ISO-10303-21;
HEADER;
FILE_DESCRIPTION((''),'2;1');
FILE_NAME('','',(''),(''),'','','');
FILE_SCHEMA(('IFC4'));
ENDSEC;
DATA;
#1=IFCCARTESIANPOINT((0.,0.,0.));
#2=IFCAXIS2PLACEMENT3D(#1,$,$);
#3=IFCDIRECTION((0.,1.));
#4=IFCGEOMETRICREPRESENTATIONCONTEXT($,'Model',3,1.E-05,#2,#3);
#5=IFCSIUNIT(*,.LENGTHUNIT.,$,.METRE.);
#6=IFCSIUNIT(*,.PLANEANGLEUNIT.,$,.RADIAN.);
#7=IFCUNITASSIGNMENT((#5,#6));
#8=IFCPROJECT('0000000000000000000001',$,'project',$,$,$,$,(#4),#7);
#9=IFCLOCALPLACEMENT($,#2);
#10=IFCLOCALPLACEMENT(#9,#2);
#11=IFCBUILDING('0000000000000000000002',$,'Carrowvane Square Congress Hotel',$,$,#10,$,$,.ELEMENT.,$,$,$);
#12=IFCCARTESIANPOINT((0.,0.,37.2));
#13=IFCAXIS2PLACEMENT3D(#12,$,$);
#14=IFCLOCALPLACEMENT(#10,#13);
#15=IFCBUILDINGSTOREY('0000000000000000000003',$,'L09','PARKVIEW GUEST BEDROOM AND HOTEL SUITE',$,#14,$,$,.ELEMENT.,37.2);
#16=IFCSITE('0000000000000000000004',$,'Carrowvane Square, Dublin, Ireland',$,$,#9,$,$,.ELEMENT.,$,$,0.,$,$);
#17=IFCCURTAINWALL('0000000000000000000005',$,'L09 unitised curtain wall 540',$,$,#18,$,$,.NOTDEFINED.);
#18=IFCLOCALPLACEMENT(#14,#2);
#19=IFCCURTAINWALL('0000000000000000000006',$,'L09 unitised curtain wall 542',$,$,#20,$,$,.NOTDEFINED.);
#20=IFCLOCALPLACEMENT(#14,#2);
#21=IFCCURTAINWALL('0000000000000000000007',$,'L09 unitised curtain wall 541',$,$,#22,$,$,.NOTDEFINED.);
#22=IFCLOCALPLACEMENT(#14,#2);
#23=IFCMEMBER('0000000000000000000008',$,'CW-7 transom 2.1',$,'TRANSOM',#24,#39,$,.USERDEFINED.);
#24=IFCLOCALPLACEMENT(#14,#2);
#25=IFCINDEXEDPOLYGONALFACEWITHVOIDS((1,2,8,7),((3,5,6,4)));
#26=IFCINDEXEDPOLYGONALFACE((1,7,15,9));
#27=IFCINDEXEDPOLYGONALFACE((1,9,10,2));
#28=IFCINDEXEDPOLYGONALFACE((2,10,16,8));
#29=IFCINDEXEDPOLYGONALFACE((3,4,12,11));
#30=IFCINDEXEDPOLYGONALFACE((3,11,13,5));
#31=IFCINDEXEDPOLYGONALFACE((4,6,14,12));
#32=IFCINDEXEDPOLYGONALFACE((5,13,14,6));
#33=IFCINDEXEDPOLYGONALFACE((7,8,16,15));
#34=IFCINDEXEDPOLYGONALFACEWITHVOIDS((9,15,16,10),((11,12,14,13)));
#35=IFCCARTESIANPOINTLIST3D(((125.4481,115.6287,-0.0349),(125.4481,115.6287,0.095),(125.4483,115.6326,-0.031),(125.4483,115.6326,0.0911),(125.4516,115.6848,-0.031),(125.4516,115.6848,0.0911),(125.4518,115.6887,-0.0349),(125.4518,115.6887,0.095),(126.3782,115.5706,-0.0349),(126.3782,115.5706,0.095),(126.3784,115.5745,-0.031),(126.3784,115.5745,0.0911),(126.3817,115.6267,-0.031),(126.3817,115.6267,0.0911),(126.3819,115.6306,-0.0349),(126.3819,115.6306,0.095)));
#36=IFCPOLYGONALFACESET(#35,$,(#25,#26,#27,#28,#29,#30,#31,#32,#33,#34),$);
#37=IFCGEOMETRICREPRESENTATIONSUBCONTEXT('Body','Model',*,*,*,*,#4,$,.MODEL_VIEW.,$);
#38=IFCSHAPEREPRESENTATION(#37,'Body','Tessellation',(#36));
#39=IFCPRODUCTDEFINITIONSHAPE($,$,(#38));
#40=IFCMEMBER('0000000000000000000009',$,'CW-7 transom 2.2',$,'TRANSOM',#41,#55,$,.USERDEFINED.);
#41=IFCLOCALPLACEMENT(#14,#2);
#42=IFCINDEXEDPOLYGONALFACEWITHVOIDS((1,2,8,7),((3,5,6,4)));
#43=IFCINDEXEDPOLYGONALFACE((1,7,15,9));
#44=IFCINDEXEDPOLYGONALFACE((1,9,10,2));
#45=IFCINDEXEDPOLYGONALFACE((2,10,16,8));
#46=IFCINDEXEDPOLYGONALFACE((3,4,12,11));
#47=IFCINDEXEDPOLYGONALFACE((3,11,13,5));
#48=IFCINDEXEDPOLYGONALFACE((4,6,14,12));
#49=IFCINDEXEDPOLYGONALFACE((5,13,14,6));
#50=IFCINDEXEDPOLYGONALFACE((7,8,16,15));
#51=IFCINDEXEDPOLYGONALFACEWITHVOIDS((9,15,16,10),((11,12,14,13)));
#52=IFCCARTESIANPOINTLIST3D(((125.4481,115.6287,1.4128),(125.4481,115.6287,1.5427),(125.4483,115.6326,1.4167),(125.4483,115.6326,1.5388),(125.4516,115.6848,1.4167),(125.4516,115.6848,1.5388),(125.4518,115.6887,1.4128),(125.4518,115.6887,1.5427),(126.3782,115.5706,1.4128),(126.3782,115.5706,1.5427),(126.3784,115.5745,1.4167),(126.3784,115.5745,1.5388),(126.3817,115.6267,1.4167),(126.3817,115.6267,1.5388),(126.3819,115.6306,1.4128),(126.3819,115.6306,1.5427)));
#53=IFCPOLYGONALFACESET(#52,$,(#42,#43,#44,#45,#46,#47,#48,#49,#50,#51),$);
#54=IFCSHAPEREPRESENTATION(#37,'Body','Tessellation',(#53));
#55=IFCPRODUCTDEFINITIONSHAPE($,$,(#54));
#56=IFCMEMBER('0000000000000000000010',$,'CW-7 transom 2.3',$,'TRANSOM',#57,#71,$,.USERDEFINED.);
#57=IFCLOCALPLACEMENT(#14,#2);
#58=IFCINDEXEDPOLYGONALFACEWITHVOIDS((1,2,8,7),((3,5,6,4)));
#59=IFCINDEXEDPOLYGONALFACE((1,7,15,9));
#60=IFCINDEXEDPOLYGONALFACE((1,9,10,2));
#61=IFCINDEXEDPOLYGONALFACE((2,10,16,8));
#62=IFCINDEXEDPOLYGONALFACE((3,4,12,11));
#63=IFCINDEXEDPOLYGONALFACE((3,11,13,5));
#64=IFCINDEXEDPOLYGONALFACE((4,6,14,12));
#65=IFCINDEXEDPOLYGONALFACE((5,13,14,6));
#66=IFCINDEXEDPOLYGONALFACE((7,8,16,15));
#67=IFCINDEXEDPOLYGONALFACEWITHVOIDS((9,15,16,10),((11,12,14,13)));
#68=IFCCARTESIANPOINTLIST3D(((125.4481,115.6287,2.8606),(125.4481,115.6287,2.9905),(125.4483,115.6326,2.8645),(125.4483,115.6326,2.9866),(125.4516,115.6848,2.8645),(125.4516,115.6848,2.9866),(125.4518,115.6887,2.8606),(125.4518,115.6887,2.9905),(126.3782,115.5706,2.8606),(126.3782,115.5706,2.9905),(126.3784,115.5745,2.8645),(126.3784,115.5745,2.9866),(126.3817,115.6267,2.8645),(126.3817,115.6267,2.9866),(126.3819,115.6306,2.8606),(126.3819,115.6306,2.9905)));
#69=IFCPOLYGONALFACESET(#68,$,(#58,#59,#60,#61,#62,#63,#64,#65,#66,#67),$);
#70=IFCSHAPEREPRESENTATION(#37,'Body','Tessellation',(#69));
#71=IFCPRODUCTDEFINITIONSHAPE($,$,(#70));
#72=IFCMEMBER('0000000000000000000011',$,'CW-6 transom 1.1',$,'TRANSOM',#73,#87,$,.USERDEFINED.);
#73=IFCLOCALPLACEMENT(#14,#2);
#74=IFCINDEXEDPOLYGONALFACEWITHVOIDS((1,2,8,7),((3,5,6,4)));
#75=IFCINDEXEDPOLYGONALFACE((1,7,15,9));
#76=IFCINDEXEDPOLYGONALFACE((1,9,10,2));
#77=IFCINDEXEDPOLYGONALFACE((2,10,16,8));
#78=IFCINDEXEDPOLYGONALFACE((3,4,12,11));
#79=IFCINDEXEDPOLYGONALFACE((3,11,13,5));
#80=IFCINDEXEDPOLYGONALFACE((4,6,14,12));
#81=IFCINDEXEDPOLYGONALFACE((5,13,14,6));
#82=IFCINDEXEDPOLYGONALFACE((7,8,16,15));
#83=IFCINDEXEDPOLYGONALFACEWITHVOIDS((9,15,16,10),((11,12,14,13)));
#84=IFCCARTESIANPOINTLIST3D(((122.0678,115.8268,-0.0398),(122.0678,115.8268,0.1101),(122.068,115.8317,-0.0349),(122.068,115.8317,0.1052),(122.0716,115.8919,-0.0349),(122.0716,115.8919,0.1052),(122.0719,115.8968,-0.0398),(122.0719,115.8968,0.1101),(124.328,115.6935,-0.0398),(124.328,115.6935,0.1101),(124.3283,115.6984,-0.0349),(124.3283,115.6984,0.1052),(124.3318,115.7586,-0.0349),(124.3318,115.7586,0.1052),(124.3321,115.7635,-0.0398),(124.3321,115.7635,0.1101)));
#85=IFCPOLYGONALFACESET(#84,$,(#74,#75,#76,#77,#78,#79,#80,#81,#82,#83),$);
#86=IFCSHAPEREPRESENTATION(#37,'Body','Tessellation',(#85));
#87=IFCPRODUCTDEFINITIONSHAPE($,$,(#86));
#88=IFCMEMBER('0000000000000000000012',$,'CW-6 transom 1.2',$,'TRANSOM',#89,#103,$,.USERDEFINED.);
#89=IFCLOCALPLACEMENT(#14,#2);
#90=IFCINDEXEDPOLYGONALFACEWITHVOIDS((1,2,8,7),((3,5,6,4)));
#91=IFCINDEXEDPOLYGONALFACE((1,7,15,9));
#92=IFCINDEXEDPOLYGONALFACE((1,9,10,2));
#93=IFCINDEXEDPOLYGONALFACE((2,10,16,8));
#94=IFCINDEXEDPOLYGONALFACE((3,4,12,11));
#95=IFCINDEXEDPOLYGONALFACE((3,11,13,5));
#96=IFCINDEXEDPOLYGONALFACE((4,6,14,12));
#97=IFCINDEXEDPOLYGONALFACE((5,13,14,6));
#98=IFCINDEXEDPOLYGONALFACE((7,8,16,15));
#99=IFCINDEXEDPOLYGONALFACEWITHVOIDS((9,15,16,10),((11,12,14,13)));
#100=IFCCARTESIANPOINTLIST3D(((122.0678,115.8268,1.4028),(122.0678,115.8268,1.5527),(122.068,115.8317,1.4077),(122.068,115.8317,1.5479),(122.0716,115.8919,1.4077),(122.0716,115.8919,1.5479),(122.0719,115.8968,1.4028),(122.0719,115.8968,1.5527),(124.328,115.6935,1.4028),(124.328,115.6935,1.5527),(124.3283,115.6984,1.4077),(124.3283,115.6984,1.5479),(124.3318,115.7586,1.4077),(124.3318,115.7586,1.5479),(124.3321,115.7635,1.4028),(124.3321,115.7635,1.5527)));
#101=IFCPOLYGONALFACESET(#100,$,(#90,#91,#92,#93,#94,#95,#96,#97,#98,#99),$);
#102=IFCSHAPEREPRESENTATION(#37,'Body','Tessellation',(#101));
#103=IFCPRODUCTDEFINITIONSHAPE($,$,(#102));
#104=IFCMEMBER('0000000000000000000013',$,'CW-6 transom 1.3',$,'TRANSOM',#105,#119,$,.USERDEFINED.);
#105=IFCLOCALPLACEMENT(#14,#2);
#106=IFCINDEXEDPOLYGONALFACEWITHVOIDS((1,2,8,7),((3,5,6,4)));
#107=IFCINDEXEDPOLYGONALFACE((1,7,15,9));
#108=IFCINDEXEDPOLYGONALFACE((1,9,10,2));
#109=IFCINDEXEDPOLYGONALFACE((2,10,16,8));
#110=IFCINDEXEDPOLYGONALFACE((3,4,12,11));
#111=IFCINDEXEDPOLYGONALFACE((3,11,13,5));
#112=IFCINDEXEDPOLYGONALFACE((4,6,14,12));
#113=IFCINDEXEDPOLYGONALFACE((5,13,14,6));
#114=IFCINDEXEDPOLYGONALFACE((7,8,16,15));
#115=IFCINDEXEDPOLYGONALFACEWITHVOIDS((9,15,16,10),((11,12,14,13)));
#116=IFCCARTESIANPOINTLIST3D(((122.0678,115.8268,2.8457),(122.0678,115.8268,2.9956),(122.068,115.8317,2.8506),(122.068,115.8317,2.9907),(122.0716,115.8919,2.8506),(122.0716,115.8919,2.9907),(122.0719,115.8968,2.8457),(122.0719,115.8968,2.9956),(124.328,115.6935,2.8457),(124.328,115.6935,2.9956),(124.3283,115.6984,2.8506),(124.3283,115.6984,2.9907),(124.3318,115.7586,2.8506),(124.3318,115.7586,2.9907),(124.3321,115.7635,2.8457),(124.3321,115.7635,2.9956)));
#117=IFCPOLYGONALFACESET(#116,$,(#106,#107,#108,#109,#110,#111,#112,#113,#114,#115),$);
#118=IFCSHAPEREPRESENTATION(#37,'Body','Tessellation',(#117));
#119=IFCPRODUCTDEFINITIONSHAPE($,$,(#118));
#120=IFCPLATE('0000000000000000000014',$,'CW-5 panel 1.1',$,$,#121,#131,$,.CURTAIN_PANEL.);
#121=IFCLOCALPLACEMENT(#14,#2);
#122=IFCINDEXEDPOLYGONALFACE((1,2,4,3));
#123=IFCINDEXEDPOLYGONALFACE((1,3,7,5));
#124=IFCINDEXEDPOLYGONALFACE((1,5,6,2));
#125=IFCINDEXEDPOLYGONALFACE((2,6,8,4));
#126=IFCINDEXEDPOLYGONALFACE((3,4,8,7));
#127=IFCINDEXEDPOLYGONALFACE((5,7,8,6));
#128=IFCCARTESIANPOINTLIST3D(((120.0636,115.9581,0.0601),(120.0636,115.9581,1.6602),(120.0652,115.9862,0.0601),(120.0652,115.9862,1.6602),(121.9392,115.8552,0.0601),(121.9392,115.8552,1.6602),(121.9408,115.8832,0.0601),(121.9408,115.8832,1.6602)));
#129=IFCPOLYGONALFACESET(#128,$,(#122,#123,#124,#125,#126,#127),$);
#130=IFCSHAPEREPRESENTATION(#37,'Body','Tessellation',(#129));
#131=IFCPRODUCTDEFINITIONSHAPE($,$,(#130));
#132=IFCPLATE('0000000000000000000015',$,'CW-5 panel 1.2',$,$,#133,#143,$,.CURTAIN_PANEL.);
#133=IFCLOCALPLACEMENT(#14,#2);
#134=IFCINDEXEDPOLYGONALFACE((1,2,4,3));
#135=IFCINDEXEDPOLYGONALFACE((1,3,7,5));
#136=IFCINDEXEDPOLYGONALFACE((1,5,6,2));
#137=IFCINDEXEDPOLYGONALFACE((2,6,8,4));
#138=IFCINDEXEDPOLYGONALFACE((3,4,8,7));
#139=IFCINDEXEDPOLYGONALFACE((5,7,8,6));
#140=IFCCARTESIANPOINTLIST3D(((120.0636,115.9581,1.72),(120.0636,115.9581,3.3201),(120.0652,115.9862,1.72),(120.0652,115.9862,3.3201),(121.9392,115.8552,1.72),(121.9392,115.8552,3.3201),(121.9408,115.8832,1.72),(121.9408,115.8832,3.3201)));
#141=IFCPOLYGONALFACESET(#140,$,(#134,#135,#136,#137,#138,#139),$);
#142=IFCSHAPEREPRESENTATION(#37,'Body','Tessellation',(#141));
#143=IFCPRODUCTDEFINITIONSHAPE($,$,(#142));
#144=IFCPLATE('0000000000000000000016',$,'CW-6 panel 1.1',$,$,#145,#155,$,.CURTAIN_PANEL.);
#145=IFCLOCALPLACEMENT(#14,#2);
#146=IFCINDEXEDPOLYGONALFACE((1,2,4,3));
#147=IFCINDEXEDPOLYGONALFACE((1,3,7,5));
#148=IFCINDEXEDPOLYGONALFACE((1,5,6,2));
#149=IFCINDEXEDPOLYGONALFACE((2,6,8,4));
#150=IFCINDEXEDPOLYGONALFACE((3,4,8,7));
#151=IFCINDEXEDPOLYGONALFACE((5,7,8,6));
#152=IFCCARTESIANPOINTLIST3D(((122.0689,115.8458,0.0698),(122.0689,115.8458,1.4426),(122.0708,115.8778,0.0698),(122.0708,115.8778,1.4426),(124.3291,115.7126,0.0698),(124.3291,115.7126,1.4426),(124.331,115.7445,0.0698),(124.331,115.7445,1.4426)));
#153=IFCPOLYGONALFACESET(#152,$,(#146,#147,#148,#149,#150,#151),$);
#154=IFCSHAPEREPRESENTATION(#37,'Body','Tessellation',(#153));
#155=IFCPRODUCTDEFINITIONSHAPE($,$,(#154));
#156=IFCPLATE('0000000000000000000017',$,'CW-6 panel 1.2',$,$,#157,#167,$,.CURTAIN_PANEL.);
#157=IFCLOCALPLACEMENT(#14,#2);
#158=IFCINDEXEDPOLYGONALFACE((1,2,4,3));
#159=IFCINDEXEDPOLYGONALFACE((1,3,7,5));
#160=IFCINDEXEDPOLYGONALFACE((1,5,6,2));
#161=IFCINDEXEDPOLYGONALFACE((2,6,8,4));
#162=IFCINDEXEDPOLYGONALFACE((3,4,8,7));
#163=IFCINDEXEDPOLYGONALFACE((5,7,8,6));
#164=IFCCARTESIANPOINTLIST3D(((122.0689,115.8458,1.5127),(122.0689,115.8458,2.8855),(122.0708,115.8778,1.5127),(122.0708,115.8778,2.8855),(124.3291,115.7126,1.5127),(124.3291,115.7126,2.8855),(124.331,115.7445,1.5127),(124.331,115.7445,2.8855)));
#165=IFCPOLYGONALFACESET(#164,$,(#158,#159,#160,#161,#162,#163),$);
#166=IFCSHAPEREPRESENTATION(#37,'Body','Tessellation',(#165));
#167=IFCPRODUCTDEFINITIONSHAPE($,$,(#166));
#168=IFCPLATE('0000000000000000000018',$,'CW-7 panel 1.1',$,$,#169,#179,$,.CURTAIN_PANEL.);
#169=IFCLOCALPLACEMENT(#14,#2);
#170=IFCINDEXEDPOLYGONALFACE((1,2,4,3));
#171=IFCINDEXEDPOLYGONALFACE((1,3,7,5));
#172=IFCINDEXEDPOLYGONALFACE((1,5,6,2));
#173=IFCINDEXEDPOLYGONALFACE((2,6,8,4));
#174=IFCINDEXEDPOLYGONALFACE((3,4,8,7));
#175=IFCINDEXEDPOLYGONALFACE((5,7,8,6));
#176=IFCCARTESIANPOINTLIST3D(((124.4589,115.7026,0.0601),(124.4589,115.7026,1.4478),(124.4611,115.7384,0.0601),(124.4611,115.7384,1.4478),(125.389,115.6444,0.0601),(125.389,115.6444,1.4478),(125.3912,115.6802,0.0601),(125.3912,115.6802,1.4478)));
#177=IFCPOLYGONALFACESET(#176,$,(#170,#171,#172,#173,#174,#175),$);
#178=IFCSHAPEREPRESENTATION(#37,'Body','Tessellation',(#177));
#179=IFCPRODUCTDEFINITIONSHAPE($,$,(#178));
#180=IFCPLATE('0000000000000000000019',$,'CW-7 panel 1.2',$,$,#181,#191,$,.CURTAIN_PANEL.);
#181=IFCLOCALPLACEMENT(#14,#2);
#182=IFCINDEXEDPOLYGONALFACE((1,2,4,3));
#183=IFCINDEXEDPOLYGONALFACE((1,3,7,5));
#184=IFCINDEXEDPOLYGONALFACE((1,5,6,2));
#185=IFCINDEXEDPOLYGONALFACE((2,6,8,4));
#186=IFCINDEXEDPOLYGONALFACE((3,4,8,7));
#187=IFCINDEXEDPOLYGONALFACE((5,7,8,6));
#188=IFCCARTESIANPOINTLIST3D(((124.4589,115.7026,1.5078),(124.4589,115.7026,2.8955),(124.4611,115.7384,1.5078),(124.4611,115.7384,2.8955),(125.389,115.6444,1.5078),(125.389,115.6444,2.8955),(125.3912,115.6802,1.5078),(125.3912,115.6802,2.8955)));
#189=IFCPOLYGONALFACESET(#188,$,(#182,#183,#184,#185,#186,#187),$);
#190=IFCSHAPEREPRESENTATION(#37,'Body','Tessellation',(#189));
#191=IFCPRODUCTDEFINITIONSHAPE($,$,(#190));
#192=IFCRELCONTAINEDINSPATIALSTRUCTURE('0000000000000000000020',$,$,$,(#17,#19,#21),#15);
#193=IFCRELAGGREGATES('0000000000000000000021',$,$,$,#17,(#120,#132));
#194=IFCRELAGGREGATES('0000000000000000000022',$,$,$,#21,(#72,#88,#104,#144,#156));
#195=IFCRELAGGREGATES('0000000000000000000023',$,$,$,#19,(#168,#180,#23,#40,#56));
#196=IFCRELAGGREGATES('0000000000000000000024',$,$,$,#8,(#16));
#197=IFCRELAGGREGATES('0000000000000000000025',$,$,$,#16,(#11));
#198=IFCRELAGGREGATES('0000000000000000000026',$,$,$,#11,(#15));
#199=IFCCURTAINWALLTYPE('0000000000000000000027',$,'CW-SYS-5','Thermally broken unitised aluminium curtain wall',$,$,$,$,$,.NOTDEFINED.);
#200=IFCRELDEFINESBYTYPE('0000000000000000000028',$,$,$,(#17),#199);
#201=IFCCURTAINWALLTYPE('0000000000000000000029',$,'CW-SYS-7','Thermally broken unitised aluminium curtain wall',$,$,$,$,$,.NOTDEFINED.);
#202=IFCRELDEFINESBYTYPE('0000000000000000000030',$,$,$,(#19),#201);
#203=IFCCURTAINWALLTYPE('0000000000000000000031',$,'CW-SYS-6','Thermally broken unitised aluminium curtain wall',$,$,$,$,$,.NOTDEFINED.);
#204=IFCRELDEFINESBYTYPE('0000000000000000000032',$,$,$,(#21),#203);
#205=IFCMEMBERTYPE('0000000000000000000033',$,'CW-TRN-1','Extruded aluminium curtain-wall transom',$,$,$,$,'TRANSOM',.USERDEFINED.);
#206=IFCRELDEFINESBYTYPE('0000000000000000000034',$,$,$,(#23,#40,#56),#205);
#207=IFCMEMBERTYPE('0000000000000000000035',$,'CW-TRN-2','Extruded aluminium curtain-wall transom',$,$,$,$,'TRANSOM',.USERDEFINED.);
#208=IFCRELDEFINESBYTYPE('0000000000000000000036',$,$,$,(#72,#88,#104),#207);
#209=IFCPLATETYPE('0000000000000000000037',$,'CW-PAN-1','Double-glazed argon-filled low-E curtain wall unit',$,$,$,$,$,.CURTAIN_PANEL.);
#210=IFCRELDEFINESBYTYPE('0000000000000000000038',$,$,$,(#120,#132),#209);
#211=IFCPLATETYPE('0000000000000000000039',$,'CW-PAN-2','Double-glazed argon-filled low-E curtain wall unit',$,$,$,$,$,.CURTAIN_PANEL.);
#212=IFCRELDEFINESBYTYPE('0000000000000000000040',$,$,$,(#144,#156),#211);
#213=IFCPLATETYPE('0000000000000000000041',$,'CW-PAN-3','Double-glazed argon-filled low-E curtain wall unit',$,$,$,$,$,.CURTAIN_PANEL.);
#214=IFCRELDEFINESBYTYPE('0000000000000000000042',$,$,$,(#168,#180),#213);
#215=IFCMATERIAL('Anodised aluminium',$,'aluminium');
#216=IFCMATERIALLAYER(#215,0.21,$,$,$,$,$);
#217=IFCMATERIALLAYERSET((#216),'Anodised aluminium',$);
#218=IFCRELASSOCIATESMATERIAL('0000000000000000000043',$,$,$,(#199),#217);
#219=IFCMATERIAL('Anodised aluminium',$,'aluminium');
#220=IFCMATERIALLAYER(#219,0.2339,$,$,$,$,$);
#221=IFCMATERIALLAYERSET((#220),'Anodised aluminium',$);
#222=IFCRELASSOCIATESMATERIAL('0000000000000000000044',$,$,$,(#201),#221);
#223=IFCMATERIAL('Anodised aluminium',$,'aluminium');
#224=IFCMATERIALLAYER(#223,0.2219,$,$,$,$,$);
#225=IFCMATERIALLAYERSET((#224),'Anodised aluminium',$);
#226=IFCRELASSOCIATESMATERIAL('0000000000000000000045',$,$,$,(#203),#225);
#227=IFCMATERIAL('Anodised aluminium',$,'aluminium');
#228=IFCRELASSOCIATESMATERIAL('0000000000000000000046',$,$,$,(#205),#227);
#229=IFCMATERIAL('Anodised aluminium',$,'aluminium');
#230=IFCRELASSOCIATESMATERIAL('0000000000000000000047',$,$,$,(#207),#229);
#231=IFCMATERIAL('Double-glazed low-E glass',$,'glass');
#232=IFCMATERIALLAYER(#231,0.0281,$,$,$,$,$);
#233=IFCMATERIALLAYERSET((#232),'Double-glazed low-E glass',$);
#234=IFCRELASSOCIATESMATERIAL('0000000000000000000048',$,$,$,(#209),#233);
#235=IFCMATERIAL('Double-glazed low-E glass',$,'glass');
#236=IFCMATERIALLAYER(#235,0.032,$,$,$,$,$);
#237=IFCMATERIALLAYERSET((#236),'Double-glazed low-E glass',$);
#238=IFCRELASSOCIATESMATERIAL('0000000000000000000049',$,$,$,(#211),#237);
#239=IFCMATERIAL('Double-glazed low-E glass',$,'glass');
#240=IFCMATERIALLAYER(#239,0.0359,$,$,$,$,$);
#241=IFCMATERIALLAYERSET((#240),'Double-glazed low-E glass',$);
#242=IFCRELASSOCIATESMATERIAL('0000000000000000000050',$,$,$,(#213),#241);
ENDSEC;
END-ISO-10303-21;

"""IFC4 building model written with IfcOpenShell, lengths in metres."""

from ifc_helpers import new_model, si_unit, direction, frame, origin, origin_2d, place, context, subcontext, project, spatial, rectangle, hollow_rectangle, extrude, material, layer, layer_set, material_profile, profile_set, type_object, element, aggregate, save


model = new_model("IFC4")

# Units and contexts
model_context = context("Model", 3, precision=1e-05, world=origin(), true_north=direction((0.0, 1.0)))
body_context = subcontext(model_context, "Body", "Model", "MODEL_VIEW")
ifc_project = project(units=[si_unit("LENGTHUNIT", "METRE"), si_unit("PLANEANGLEUNIT", "RADIAN")], contexts=[model_context])

# Site, building, storey
site_placement = place(None, origin())
site = spatial("IfcSite", under=ifc_project, at=site_placement, Name="Carrowvane Square, Dublin, Ireland", CompositionType="ELEMENT", RefElevation=0.0)
building_placement = place(site_placement, origin())
building = spatial("IfcBuilding", under=site, at=building_placement, Name="Carrowvane Square Congress Hotel", CompositionType="ELEMENT")
storey_placement = place(building_placement, frame((0.0, 0.0, 37.2)))
storey = spatial("IfcBuildingStorey", under=building, at=storey_placement, Name="L09", Description="PARKVIEW GUEST BEDROOM AND HOTEL SUITE", CompositionType="ELEMENT", Elevation=37.2)

# Curtain wall
ifc_material_1 = material(Name="Anodised aluminium", Category="aluminium")
ifc_layer_1 = layer(ifc_material_1, 0.21)
ifc_layer_set_1 = layer_set([ifc_layer_1], Name="Anodised aluminium")
curtain_wall_type_1 = type_object("IfcCurtainWallType", Name="CW-SYS-5", Description="Thermally broken unitised aluminium curtain wall", PredefinedType="NOTDEFINED", material=ifc_layer_set_1)
curtain_wall_1_placement = place(storey_placement, origin())
curtain_wall_1 = element("IfcCurtainWall", 1, at=curtain_wall_1_placement, inside=storey, type_object=curtain_wall_type_1, Name="L09 unitised curtain wall 540", PredefinedType="NOTDEFINED")

# Curtain walls
ifc_material_2 = material(Name="Anodised aluminium", Category="aluminium")
ifc_layer_2 = layer(ifc_material_2, 0.2339)
ifc_layer_set_2 = layer_set([ifc_layer_2], Name="Anodised aluminium")
curtain_wall_type_2 = type_object("IfcCurtainWallType", Name="CW-SYS-7", Description="Thermally broken unitised aluminium curtain wall", PredefinedType="NOTDEFINED", material=ifc_layer_set_2)
curtain_wall_2_placement = place(storey_placement, origin())
curtain_wall_2 = element("IfcCurtainWall", 2, at=curtain_wall_2_placement, inside=storey, type_object=curtain_wall_type_2, Name="L09 unitised curtain wall 542", PredefinedType="NOTDEFINED")
ifc_material_3 = material(Name="Anodised aluminium", Category="aluminium")
ifc_layer_3 = layer(ifc_material_3, 0.2219)
ifc_layer_set_3 = layer_set([ifc_layer_3], Name="Anodised aluminium")
curtain_wall_type_3 = type_object("IfcCurtainWallType", Name="CW-SYS-6", Description="Thermally broken unitised aluminium curtain wall", PredefinedType="NOTDEFINED", material=ifc_layer_set_3)
curtain_wall_3_placement = place(storey_placement, origin())
curtain_wall_3 = element("IfcCurtainWall", 3, at=curtain_wall_3_placement, inside=storey, type_object=curtain_wall_type_3, Name="L09 unitised curtain wall 541", PredefinedType="NOTDEFINED")

# Members
ifc_material_4 = material(Name="Anodised aluminium", Category="aluminium")
ifc_material_profile_1 = material_profile(ifc_material_4, hollow_rectangle(XDim=0.0601, YDim=0.1299, WallThickness=0.0039, at=origin_2d()), Name="CW-TR 60x130x4")
ifc_profile_set_1 = profile_set([ifc_material_profile_1], Name="Anodised aluminium")
member_type_1 = type_object("IfcMemberType", Name="CW-TRN-1", Description="Extruded aluminium curtain-wall transom", ElementType="TRANSOM", PredefinedType="USERDEFINED", material=ifc_profile_set_1)
member_1_placement = place(storey_placement, frame((125.45, 115.6587, 0.03), z_axis=(0.998055, -0.062346, 0.0), x_axis=(0.062346, 0.998055, 0.0)))
member_1 = element("IfcMember", 4, at=member_1_placement, type_object=member_type_1, Name="CW-7 transom 2.1", ObjectType="TRANSOM", PredefinedType="USERDEFINED", context=body_context, shape_type="SweptSolid", body=[
    extrude(hollow_rectangle(XDim=0.0601, YDim=0.1299, WallThickness=0.0039, at=origin_2d()), origin(), (0.0, 0.0, 1.0), 0.9319),
])
member_2_placement = place(storey_placement, frame((125.45, 115.6587, 1.4778), z_axis=(0.998055, -0.062346, 0.0), x_axis=(0.062346, 0.998055, 0.0)))
member_2 = element("IfcMember", 5, at=member_2_placement, type_object=member_type_1, Name="CW-7 transom 2.2", ObjectType="TRANSOM", PredefinedType="USERDEFINED", context=body_context, shape_type="SweptSolid", body=[
    extrude(hollow_rectangle(XDim=0.0601, YDim=0.1299, WallThickness=0.0039, at=origin_2d()), origin(), (0.0, 0.0, 1.0), 0.9319),
])
member_3_placement = place(storey_placement, frame((125.45, 115.6587, 2.9255), z_axis=(0.998055, -0.062346, 0.0), x_axis=(0.062346, 0.998055, 0.0)))
member_3 = element("IfcMember", 6, at=member_3_placement, type_object=member_type_1, Name="CW-7 transom 2.3", ObjectType="TRANSOM", PredefinedType="USERDEFINED", context=body_context, shape_type="SweptSolid", body=[
    extrude(hollow_rectangle(XDim=0.0601, YDim=0.1299, WallThickness=0.0039, at=origin_2d()), origin(), (0.0, 0.0, 1.0), 0.9319),
])
ifc_material_5 = material(Name="Anodised aluminium", Category="aluminium")
ifc_material_profile_2 = material_profile(ifc_material_5, hollow_rectangle(XDim=0.0701, YDim=0.1499, WallThickness=0.0049, at=origin_2d()), Name="CW-TR 70x150x5")
ifc_profile_set_2 = profile_set([ifc_material_profile_2], Name="Anodised aluminium")
member_type_2 = type_object("IfcMemberType", Name="CW-TRN-2", Description="Extruded aluminium curtain-wall transom", ElementType="TRANSOM", PredefinedType="USERDEFINED", material=ifc_profile_set_2)
member_4_placement = place(storey_placement, frame((122.0698, 115.8618, 0.0352), z_axis=(0.998265, -0.058874, 0.0), x_axis=(0.058874, 0.998265, 0.0)))
member_4 = element("IfcMember", 7, at=member_4_placement, type_object=member_type_2, Name="CW-6 transom 1.1", ObjectType="TRANSOM", PredefinedType="USERDEFINED", context=body_context, shape_type="SweptSolid", body=[
    extrude(hollow_rectangle(XDim=0.0701, YDim=0.1499, WallThickness=0.0049, at=origin_2d()), origin(), (0.0, 0.0, 1.0), 2.2642),
])
member_5_placement = place(storey_placement, frame((122.0698, 115.8618, 1.4778), z_axis=(0.998265, -0.058874, 0.0), x_axis=(0.058874, 0.998265, 0.0)))
member_5 = element("IfcMember", 8, at=member_5_placement, type_object=member_type_2, Name="CW-6 transom 1.2", ObjectType="TRANSOM", PredefinedType="USERDEFINED", context=body_context, shape_type="SweptSolid", body=[
    extrude(hollow_rectangle(XDim=0.0701, YDim=0.1499, WallThickness=0.0049, at=origin_2d()), origin(), (0.0, 0.0, 1.0), 2.2642),
])
member_6_placement = place(storey_placement, frame((122.0698, 115.8618, 2.9207), z_axis=(0.998265, -0.058874, 0.0), x_axis=(0.058874, 0.998265, 0.0)))
member_6 = element("IfcMember", 9, at=member_6_placement, type_object=member_type_2, Name="CW-6 transom 1.3", ObjectType="TRANSOM", PredefinedType="USERDEFINED", context=body_context, shape_type="SweptSolid", body=[
    extrude(hollow_rectangle(XDim=0.0701, YDim=0.1499, WallThickness=0.0049, at=origin_2d()), origin(), (0.0, 0.0, 1.0), 2.2642),
])

# Plates
ifc_material_6 = material(Name="Double-glazed low-E glass", Category="glass")
ifc_layer_4 = layer(ifc_material_6, 0.0281)
ifc_layer_set_4 = layer_set([ifc_layer_4], Name="Double-glazed low-E glass")
plate_type_1 = type_object("IfcPlateType", Name="CW-PAN-1", Description="Double-glazed argon-filled low-E curtain wall unit", PredefinedType="CURTAIN_PANEL", material=ifc_layer_set_4)
plate_1_placement = place(storey_placement, frame((121.0022, 115.9207, 0.0601), z_axis=(0.0, 0.0, 1.0), x_axis=(0.998496, -0.054816, 0.0)))
plate_1 = element("IfcPlate", 10, at=plate_1_placement, type_object=plate_type_1, Name="CW-5 panel 1.1", PredefinedType="CURTAIN_PANEL", context=body_context, shape_type="SweptSolid", body=[
    extrude(rectangle(XDim=1.8784, YDim=0.0281, at=origin_2d()), origin(), (0.0, 0.0, 1.0), 1.6001),
])
plate_2_placement = place(storey_placement, frame((121.0022, 115.9207, 1.72), z_axis=(0.0, 0.0, 1.0), x_axis=(0.998496, -0.054816, 0.0)))
plate_2 = element("IfcPlate", 11, at=plate_2_placement, type_object=plate_type_1, Name="CW-5 panel 1.2", PredefinedType="CURTAIN_PANEL", context=body_context, shape_type="SweptSolid", body=[
    extrude(rectangle(XDim=1.8784, YDim=0.0281, at=origin_2d()), origin(), (0.0, 0.0, 1.0), 1.6001),
])
aggregate(curtain_wall_1, [plate_1, plate_2])
ifc_material_7 = material(Name="Double-glazed low-E glass", Category="glass")
ifc_layer_5 = layer(ifc_material_7, 0.032)
ifc_layer_set_5 = layer_set([ifc_layer_5], Name="Double-glazed low-E glass")
plate_type_2 = type_object("IfcPlateType", Name="CW-PAN-2", Description="Double-glazed argon-filled low-E curtain wall unit", PredefinedType="CURTAIN_PANEL", material=ifc_layer_set_5)
plate_3_placement = place(storey_placement, frame((123.2, 115.7952, 0.0698), z_axis=(0.0, 0.0, 1.0), x_axis=(0.998267, -0.058851, 0.0)))
plate_3 = element("IfcPlate", 12, at=plate_3_placement, type_object=plate_type_2, Name="CW-6 panel 1.1", PredefinedType="CURTAIN_PANEL", context=body_context, shape_type="SweptSolid", body=[
    extrude(rectangle(XDim=2.2642, YDim=0.032, at=origin_2d()), origin(), (0.0, 0.0, 1.0), 1.3728),
])
plate_4_placement = place(storey_placement, frame((123.2, 115.7952, 1.5127), z_axis=(0.0, 0.0, 1.0), x_axis=(0.998267, -0.058851, 0.0)))
plate_4 = element("IfcPlate", 13, at=plate_4_placement, type_object=plate_type_2, Name="CW-6 panel 1.2", PredefinedType="CURTAIN_PANEL", context=body_context, shape_type="SweptSolid", body=[
    extrude(rectangle(XDim=2.2642, YDim=0.032, at=origin_2d()), origin(), (0.0, 0.0, 1.0), 1.3728),
])
aggregate(curtain_wall_3, [member_4, member_5, member_6, plate_3, plate_4])
ifc_material_8 = material(Name="Double-glazed low-E glass", Category="glass")
ifc_layer_6 = layer(ifc_material_8, 0.0359)
ifc_layer_set_6 = layer_set([ifc_layer_6], Name="Double-glazed low-E glass")
plate_type_3 = type_object("IfcPlateType", Name="CW-PAN-3", Description="Double-glazed argon-filled low-E curtain wall unit", PredefinedType="CURTAIN_PANEL", material=ifc_layer_set_6)
plate_5_placement = place(storey_placement, frame((124.925, 115.6914, 0.0601), z_axis=(0.0, 0.0, 1.0), x_axis=(0.998051, -0.062397, 0.0)))
plate_5 = element("IfcPlate", 14, at=plate_5_placement, type_object=plate_type_3, Name="CW-7 panel 1.1", PredefinedType="CURTAIN_PANEL", context=body_context, shape_type="SweptSolid", body=[
    extrude(rectangle(XDim=0.9319, YDim=0.0359, at=origin_2d()), origin(), (0.0, 0.0, 1.0), 1.3877),
])
plate_6_placement = place(storey_placement, frame((124.925, 115.6914, 1.5078), z_axis=(0.0, 0.0, 1.0), x_axis=(0.998051, -0.062397, 0.0)))
plate_6 = element("IfcPlate", 15, at=plate_6_placement, type_object=plate_type_3, Name="CW-7 panel 1.2", PredefinedType="CURTAIN_PANEL", context=body_context, shape_type="SweptSolid", body=[
    extrude(rectangle(XDim=0.9319, YDim=0.0359, at=origin_2d()), origin(), (0.0, 0.0, 1.0), 1.3877),
])
aggregate(curtain_wall_2, [plate_5, plate_6, member_1, member_2, member_3])

save(model, "model.ifc")
